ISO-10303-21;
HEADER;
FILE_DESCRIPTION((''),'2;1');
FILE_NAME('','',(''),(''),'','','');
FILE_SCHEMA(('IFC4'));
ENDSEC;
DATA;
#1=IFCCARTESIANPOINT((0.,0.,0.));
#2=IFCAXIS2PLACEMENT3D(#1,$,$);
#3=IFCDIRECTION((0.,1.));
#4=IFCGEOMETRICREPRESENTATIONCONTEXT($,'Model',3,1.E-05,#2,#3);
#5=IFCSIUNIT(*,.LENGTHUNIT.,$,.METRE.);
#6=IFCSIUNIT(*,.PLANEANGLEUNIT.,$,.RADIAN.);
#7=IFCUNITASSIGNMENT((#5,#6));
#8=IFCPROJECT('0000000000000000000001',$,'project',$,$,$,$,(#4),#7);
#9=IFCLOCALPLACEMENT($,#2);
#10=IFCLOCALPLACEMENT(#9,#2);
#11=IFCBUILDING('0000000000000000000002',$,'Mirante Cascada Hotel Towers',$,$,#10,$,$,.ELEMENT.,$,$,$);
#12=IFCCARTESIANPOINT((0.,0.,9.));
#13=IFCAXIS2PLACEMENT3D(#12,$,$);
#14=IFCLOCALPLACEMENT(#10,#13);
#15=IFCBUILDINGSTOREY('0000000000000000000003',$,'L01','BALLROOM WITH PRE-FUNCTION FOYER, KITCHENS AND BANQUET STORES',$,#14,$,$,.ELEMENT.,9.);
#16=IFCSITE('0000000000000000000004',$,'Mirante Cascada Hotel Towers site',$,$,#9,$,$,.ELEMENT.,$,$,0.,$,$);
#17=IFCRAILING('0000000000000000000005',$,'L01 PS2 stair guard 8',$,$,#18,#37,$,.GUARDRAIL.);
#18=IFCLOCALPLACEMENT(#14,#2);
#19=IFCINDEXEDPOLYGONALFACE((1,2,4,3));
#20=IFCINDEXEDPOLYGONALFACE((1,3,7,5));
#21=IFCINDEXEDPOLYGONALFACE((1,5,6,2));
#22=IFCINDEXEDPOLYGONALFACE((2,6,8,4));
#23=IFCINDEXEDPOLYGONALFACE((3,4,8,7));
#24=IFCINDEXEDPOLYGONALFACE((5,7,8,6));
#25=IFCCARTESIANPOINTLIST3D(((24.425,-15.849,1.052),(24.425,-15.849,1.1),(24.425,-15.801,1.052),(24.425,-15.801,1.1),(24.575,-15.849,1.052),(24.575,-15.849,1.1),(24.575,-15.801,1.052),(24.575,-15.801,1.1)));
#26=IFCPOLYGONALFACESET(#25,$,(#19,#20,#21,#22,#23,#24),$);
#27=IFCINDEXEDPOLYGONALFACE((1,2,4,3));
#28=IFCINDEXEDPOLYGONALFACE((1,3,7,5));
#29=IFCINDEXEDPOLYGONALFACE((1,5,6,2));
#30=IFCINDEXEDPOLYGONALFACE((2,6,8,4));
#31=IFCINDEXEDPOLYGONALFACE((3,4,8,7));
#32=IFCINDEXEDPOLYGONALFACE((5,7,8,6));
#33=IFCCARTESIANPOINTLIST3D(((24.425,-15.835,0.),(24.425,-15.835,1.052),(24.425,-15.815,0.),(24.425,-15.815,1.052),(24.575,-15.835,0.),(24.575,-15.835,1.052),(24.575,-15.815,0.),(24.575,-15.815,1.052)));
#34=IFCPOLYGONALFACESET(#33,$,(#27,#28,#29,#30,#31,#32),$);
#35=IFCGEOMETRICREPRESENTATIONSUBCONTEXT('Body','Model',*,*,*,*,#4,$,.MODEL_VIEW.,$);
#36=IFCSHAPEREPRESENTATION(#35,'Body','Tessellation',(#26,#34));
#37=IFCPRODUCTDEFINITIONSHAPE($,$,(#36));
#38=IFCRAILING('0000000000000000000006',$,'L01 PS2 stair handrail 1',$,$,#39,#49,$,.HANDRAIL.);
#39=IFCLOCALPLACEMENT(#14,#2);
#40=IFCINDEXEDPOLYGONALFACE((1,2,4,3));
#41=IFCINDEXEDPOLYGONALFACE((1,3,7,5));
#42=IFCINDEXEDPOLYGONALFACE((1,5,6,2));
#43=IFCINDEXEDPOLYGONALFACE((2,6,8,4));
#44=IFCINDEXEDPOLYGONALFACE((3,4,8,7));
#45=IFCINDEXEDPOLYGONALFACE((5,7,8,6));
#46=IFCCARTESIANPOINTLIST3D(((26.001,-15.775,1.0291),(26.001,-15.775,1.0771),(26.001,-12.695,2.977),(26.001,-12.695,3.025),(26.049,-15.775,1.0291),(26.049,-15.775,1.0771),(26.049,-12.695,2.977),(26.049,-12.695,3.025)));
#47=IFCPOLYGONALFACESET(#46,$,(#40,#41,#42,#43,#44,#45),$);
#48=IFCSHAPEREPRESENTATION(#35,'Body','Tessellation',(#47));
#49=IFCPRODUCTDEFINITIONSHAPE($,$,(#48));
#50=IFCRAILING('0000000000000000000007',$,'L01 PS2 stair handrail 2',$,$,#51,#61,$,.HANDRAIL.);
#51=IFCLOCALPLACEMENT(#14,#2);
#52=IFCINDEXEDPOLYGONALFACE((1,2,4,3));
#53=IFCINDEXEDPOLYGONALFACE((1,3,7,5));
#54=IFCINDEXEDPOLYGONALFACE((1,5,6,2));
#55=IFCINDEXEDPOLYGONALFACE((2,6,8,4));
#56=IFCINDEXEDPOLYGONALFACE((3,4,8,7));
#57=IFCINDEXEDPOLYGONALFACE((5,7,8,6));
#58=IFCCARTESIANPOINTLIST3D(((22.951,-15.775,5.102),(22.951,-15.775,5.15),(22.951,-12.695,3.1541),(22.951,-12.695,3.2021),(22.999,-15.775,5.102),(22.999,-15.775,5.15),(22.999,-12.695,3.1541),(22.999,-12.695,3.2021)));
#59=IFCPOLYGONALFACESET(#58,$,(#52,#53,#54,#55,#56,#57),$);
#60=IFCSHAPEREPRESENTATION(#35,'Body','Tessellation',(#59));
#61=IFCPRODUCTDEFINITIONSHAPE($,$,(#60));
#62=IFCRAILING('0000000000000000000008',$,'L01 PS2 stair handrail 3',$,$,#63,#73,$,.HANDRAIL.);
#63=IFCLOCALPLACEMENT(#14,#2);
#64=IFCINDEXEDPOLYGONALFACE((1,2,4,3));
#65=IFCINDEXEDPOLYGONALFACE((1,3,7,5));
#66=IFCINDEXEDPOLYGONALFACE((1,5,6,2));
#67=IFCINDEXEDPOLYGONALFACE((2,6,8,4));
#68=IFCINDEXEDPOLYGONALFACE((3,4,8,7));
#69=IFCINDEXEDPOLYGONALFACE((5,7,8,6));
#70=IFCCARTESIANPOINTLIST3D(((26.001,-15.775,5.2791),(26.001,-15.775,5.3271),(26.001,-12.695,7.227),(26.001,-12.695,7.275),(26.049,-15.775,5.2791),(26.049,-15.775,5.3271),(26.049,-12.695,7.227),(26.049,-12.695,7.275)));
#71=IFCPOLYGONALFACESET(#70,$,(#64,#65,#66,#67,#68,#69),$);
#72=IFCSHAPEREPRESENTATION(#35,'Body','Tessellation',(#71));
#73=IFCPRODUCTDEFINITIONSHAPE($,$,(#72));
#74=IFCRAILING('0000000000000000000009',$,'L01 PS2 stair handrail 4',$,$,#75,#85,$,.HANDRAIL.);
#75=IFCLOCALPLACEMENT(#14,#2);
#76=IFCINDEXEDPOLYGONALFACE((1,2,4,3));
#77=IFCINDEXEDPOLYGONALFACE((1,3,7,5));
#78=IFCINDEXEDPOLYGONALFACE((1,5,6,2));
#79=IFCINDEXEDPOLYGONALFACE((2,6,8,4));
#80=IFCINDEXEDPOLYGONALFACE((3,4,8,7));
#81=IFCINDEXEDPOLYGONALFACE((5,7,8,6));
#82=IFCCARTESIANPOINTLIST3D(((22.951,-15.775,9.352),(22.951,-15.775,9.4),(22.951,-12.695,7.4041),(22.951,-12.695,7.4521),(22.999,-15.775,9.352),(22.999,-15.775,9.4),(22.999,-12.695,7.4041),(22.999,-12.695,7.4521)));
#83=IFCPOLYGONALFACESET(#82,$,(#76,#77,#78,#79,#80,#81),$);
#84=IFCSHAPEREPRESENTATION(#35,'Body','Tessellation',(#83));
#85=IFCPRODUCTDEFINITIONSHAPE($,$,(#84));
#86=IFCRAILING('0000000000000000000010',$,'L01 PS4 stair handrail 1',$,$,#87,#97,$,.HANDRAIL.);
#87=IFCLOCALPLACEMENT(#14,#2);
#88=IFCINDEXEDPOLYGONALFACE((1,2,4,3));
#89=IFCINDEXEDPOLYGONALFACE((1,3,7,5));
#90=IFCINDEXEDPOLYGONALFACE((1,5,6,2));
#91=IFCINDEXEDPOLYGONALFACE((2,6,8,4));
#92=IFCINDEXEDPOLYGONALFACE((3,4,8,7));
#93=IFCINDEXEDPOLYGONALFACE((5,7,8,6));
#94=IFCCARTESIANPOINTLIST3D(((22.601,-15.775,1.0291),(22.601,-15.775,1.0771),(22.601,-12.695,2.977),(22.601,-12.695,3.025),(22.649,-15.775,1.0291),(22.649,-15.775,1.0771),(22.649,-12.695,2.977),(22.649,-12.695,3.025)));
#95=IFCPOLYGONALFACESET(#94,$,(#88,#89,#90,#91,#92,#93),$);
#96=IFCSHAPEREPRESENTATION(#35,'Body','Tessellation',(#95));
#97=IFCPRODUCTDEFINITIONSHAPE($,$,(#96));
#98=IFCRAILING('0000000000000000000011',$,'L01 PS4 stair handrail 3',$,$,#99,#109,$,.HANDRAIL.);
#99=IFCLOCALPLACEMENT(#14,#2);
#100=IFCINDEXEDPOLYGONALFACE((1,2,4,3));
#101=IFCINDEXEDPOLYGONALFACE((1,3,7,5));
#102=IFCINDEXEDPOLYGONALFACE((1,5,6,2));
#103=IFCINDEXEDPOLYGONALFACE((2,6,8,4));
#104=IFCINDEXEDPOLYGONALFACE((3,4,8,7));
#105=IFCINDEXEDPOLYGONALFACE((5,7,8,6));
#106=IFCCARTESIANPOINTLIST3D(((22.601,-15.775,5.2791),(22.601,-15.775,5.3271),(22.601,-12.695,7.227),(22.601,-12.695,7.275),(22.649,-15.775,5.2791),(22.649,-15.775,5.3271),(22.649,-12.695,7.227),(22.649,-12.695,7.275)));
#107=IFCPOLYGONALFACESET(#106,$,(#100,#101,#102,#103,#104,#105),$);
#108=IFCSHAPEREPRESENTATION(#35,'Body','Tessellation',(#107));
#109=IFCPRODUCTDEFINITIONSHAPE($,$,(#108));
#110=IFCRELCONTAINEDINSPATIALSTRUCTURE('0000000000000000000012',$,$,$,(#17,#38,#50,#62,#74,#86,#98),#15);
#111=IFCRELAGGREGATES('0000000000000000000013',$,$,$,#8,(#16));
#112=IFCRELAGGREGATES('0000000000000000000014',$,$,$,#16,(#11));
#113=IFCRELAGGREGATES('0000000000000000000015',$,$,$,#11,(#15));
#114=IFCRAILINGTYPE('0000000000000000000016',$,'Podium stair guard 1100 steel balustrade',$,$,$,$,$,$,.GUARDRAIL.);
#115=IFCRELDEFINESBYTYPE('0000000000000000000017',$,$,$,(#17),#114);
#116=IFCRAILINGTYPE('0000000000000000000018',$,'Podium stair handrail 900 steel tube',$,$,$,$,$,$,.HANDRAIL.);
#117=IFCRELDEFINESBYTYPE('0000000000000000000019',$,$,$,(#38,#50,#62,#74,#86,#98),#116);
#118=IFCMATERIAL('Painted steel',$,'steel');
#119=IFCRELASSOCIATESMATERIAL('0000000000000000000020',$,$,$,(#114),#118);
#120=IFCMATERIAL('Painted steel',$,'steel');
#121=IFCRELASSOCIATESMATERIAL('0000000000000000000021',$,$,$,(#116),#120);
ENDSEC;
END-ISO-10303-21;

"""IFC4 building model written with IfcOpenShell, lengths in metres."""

from ifc_helpers import new_model, si_unit, direction, frame, origin, origin_2d, place, context, subcontext, project, spatial, rectangle, extrude, material, type_object, element, save


model = new_model("IFC4")

# Units and contexts
model_context = context("Model", 3, precision=1e-05, world=origin(), true_north=direction((0.0, 1.0)))
body_context = subcontext(model_context, "Body", "Model", "MODEL_VIEW")
ifc_project = project(units=[si_unit("LENGTHUNIT", "METRE"), si_unit("PLANEANGLEUNIT", "RADIAN")], contexts=[model_context])

# Site, building, storey
site_placement = place(None, origin())
site = spatial("IfcSite", under=ifc_project, at=site_placement, Name="Mirante Cascada Hotel Towers site", CompositionType="ELEMENT", RefElevation=0.0)
building_placement = place(site_placement, origin())
building = spatial("IfcBuilding", under=site, at=building_placement, Name="Mirante Cascada Hotel Towers", CompositionType="ELEMENT")
storey_placement = place(building_placement, frame((0.0, 0.0, 9.0)))
storey = spatial("IfcBuildingStorey", under=building, at=storey_placement, Name="L01", Description="BALLROOM WITH PRE-FUNCTION FOYER, KITCHENS AND BANQUET STORES", CompositionType="ELEMENT", Elevation=9.0)

# Railings
ifc_material_1 = material(Name="Painted steel", Category="steel")
railing_type_1 = type_object("IfcRailingType", Name="Podium stair guard 1100 steel balustrade", PredefinedType="GUARDRAIL", material=ifc_material_1)
railing_1_placement = place(storey_placement, frame((24.575, -15.825, 0.0)))
element("IfcRailing", 1, at=railing_1_placement, inside=storey, type_object=railing_type_1, Name="L01 PS2 stair guard 8", PredefinedType="GUARDRAIL", context=body_context, shape_type="SweptSolid", body=[
    extrude(rectangle(XDim=0.048, YDim=0.048, at=origin_2d()), frame((0.0, 0.0, 1.076), z_axis=(-1.0, 0.0, 0.0), x_axis=(0.0, -1.0, 0.0)), (0.0, 0.0, 1.0), 0.15),
    extrude(rectangle(XDim=0.02, YDim=1.052, at=origin_2d()), frame((0.0, 0.0, 0.526), z_axis=(-1.0, 0.0, 0.0), x_axis=(0.0, -1.0, 0.0)), (0.0, 0.0, 1.0), 0.15),
])
ifc_material_2 = material(Name="Painted steel", Category="steel")
railing_type_2 = type_object("IfcRailingType", Name="Podium stair handrail 900 steel tube", PredefinedType="HANDRAIL", material=ifc_material_2)
railing_2_placement = place(storey_placement, frame((26.025, -15.775, 0.1771)))
element("IfcRailing", 2, at=railing_2_placement, inside=storey, type_object=railing_type_2, Name="L01 PS2 stair handrail 1", PredefinedType="HANDRAIL", context=body_context, shape_type="SweptSolid", body=[
    extrude(rectangle(XDim=0.048, YDim=0.048, at=origin_2d()), frame((0.0, 0.0, 0.876), z_axis=(0.0, 1.0, 0.0), x_axis=(-1.0, 0.0, 0.0)), (0.0, 0.53451, 0.845162), 3.6443),
])
railing_3_placement = place(storey_placement, frame((22.975, -12.695, 2.3021)))
element("IfcRailing", 3, at=railing_3_placement, inside=storey, type_object=railing_type_2, Name="L01 PS2 stair handrail 2", PredefinedType="HANDRAIL", context=body_context, shape_type="SweptSolid", body=[
    extrude(rectangle(XDim=0.048, YDim=0.048, at=origin_2d()), frame((0.0, 0.0, 0.876), z_axis=(0.0, -1.0, 0.0), x_axis=(1.0, 0.0, 0.0)), (0.0, 0.53451, 0.845162), 3.6443),
])
railing_4_placement = place(storey_placement, frame((26.025, -15.775, 4.4271)))
element("IfcRailing", 4, at=railing_4_placement, inside=storey, type_object=railing_type_2, Name="L01 PS2 stair handrail 3", PredefinedType="HANDRAIL", context=body_context, shape_type="SweptSolid", body=[
    extrude(rectangle(XDim=0.048, YDim=0.048, at=origin_2d()), frame((0.0, 0.0, 0.876), z_axis=(0.0, 1.0, 0.0), x_axis=(-1.0, 0.0, 0.0)), (0.0, 0.53451, 0.845162), 3.6443),
])
railing_5_placement = place(storey_placement, frame((22.975, -12.695, 6.5521)))
element("IfcRailing", 5, at=railing_5_placement, inside=storey, type_object=railing_type_2, Name="L01 PS2 stair handrail 4", PredefinedType="HANDRAIL", context=body_context, shape_type="SweptSolid", body=[
    extrude(rectangle(XDim=0.048, YDim=0.048, at=origin_2d()), frame((0.0, 0.0, 0.876), z_axis=(0.0, -1.0, 0.0), x_axis=(1.0, 0.0, 0.0)), (0.0, 0.53451, 0.845162), 3.6443),
])
for number, where, name in (
    (6, (22.625, -15.775, 0.1771), "L01 PS4 stair handrail 1"),
    (7, (22.625, -15.775, 4.4271), "L01 PS4 stair handrail 3"),
):
    element("IfcRailing", number, at=place(storey_placement, frame(where)), inside=storey, type_object=railing_type_2, Name=name, PredefinedType="HANDRAIL", context=body_context, shape_type="SweptSolid", body=[
        extrude(rectangle(XDim=0.048, YDim=0.048, at=origin_2d()), frame((0.0, 0.0, 0.876), z_axis=(0.0, 1.0, 0.0), x_axis=(-1.0, 0.0, 0.0)), (0.0, 0.53451, 0.845162), 3.6443),
    ])

save(model, "model.ifc")
